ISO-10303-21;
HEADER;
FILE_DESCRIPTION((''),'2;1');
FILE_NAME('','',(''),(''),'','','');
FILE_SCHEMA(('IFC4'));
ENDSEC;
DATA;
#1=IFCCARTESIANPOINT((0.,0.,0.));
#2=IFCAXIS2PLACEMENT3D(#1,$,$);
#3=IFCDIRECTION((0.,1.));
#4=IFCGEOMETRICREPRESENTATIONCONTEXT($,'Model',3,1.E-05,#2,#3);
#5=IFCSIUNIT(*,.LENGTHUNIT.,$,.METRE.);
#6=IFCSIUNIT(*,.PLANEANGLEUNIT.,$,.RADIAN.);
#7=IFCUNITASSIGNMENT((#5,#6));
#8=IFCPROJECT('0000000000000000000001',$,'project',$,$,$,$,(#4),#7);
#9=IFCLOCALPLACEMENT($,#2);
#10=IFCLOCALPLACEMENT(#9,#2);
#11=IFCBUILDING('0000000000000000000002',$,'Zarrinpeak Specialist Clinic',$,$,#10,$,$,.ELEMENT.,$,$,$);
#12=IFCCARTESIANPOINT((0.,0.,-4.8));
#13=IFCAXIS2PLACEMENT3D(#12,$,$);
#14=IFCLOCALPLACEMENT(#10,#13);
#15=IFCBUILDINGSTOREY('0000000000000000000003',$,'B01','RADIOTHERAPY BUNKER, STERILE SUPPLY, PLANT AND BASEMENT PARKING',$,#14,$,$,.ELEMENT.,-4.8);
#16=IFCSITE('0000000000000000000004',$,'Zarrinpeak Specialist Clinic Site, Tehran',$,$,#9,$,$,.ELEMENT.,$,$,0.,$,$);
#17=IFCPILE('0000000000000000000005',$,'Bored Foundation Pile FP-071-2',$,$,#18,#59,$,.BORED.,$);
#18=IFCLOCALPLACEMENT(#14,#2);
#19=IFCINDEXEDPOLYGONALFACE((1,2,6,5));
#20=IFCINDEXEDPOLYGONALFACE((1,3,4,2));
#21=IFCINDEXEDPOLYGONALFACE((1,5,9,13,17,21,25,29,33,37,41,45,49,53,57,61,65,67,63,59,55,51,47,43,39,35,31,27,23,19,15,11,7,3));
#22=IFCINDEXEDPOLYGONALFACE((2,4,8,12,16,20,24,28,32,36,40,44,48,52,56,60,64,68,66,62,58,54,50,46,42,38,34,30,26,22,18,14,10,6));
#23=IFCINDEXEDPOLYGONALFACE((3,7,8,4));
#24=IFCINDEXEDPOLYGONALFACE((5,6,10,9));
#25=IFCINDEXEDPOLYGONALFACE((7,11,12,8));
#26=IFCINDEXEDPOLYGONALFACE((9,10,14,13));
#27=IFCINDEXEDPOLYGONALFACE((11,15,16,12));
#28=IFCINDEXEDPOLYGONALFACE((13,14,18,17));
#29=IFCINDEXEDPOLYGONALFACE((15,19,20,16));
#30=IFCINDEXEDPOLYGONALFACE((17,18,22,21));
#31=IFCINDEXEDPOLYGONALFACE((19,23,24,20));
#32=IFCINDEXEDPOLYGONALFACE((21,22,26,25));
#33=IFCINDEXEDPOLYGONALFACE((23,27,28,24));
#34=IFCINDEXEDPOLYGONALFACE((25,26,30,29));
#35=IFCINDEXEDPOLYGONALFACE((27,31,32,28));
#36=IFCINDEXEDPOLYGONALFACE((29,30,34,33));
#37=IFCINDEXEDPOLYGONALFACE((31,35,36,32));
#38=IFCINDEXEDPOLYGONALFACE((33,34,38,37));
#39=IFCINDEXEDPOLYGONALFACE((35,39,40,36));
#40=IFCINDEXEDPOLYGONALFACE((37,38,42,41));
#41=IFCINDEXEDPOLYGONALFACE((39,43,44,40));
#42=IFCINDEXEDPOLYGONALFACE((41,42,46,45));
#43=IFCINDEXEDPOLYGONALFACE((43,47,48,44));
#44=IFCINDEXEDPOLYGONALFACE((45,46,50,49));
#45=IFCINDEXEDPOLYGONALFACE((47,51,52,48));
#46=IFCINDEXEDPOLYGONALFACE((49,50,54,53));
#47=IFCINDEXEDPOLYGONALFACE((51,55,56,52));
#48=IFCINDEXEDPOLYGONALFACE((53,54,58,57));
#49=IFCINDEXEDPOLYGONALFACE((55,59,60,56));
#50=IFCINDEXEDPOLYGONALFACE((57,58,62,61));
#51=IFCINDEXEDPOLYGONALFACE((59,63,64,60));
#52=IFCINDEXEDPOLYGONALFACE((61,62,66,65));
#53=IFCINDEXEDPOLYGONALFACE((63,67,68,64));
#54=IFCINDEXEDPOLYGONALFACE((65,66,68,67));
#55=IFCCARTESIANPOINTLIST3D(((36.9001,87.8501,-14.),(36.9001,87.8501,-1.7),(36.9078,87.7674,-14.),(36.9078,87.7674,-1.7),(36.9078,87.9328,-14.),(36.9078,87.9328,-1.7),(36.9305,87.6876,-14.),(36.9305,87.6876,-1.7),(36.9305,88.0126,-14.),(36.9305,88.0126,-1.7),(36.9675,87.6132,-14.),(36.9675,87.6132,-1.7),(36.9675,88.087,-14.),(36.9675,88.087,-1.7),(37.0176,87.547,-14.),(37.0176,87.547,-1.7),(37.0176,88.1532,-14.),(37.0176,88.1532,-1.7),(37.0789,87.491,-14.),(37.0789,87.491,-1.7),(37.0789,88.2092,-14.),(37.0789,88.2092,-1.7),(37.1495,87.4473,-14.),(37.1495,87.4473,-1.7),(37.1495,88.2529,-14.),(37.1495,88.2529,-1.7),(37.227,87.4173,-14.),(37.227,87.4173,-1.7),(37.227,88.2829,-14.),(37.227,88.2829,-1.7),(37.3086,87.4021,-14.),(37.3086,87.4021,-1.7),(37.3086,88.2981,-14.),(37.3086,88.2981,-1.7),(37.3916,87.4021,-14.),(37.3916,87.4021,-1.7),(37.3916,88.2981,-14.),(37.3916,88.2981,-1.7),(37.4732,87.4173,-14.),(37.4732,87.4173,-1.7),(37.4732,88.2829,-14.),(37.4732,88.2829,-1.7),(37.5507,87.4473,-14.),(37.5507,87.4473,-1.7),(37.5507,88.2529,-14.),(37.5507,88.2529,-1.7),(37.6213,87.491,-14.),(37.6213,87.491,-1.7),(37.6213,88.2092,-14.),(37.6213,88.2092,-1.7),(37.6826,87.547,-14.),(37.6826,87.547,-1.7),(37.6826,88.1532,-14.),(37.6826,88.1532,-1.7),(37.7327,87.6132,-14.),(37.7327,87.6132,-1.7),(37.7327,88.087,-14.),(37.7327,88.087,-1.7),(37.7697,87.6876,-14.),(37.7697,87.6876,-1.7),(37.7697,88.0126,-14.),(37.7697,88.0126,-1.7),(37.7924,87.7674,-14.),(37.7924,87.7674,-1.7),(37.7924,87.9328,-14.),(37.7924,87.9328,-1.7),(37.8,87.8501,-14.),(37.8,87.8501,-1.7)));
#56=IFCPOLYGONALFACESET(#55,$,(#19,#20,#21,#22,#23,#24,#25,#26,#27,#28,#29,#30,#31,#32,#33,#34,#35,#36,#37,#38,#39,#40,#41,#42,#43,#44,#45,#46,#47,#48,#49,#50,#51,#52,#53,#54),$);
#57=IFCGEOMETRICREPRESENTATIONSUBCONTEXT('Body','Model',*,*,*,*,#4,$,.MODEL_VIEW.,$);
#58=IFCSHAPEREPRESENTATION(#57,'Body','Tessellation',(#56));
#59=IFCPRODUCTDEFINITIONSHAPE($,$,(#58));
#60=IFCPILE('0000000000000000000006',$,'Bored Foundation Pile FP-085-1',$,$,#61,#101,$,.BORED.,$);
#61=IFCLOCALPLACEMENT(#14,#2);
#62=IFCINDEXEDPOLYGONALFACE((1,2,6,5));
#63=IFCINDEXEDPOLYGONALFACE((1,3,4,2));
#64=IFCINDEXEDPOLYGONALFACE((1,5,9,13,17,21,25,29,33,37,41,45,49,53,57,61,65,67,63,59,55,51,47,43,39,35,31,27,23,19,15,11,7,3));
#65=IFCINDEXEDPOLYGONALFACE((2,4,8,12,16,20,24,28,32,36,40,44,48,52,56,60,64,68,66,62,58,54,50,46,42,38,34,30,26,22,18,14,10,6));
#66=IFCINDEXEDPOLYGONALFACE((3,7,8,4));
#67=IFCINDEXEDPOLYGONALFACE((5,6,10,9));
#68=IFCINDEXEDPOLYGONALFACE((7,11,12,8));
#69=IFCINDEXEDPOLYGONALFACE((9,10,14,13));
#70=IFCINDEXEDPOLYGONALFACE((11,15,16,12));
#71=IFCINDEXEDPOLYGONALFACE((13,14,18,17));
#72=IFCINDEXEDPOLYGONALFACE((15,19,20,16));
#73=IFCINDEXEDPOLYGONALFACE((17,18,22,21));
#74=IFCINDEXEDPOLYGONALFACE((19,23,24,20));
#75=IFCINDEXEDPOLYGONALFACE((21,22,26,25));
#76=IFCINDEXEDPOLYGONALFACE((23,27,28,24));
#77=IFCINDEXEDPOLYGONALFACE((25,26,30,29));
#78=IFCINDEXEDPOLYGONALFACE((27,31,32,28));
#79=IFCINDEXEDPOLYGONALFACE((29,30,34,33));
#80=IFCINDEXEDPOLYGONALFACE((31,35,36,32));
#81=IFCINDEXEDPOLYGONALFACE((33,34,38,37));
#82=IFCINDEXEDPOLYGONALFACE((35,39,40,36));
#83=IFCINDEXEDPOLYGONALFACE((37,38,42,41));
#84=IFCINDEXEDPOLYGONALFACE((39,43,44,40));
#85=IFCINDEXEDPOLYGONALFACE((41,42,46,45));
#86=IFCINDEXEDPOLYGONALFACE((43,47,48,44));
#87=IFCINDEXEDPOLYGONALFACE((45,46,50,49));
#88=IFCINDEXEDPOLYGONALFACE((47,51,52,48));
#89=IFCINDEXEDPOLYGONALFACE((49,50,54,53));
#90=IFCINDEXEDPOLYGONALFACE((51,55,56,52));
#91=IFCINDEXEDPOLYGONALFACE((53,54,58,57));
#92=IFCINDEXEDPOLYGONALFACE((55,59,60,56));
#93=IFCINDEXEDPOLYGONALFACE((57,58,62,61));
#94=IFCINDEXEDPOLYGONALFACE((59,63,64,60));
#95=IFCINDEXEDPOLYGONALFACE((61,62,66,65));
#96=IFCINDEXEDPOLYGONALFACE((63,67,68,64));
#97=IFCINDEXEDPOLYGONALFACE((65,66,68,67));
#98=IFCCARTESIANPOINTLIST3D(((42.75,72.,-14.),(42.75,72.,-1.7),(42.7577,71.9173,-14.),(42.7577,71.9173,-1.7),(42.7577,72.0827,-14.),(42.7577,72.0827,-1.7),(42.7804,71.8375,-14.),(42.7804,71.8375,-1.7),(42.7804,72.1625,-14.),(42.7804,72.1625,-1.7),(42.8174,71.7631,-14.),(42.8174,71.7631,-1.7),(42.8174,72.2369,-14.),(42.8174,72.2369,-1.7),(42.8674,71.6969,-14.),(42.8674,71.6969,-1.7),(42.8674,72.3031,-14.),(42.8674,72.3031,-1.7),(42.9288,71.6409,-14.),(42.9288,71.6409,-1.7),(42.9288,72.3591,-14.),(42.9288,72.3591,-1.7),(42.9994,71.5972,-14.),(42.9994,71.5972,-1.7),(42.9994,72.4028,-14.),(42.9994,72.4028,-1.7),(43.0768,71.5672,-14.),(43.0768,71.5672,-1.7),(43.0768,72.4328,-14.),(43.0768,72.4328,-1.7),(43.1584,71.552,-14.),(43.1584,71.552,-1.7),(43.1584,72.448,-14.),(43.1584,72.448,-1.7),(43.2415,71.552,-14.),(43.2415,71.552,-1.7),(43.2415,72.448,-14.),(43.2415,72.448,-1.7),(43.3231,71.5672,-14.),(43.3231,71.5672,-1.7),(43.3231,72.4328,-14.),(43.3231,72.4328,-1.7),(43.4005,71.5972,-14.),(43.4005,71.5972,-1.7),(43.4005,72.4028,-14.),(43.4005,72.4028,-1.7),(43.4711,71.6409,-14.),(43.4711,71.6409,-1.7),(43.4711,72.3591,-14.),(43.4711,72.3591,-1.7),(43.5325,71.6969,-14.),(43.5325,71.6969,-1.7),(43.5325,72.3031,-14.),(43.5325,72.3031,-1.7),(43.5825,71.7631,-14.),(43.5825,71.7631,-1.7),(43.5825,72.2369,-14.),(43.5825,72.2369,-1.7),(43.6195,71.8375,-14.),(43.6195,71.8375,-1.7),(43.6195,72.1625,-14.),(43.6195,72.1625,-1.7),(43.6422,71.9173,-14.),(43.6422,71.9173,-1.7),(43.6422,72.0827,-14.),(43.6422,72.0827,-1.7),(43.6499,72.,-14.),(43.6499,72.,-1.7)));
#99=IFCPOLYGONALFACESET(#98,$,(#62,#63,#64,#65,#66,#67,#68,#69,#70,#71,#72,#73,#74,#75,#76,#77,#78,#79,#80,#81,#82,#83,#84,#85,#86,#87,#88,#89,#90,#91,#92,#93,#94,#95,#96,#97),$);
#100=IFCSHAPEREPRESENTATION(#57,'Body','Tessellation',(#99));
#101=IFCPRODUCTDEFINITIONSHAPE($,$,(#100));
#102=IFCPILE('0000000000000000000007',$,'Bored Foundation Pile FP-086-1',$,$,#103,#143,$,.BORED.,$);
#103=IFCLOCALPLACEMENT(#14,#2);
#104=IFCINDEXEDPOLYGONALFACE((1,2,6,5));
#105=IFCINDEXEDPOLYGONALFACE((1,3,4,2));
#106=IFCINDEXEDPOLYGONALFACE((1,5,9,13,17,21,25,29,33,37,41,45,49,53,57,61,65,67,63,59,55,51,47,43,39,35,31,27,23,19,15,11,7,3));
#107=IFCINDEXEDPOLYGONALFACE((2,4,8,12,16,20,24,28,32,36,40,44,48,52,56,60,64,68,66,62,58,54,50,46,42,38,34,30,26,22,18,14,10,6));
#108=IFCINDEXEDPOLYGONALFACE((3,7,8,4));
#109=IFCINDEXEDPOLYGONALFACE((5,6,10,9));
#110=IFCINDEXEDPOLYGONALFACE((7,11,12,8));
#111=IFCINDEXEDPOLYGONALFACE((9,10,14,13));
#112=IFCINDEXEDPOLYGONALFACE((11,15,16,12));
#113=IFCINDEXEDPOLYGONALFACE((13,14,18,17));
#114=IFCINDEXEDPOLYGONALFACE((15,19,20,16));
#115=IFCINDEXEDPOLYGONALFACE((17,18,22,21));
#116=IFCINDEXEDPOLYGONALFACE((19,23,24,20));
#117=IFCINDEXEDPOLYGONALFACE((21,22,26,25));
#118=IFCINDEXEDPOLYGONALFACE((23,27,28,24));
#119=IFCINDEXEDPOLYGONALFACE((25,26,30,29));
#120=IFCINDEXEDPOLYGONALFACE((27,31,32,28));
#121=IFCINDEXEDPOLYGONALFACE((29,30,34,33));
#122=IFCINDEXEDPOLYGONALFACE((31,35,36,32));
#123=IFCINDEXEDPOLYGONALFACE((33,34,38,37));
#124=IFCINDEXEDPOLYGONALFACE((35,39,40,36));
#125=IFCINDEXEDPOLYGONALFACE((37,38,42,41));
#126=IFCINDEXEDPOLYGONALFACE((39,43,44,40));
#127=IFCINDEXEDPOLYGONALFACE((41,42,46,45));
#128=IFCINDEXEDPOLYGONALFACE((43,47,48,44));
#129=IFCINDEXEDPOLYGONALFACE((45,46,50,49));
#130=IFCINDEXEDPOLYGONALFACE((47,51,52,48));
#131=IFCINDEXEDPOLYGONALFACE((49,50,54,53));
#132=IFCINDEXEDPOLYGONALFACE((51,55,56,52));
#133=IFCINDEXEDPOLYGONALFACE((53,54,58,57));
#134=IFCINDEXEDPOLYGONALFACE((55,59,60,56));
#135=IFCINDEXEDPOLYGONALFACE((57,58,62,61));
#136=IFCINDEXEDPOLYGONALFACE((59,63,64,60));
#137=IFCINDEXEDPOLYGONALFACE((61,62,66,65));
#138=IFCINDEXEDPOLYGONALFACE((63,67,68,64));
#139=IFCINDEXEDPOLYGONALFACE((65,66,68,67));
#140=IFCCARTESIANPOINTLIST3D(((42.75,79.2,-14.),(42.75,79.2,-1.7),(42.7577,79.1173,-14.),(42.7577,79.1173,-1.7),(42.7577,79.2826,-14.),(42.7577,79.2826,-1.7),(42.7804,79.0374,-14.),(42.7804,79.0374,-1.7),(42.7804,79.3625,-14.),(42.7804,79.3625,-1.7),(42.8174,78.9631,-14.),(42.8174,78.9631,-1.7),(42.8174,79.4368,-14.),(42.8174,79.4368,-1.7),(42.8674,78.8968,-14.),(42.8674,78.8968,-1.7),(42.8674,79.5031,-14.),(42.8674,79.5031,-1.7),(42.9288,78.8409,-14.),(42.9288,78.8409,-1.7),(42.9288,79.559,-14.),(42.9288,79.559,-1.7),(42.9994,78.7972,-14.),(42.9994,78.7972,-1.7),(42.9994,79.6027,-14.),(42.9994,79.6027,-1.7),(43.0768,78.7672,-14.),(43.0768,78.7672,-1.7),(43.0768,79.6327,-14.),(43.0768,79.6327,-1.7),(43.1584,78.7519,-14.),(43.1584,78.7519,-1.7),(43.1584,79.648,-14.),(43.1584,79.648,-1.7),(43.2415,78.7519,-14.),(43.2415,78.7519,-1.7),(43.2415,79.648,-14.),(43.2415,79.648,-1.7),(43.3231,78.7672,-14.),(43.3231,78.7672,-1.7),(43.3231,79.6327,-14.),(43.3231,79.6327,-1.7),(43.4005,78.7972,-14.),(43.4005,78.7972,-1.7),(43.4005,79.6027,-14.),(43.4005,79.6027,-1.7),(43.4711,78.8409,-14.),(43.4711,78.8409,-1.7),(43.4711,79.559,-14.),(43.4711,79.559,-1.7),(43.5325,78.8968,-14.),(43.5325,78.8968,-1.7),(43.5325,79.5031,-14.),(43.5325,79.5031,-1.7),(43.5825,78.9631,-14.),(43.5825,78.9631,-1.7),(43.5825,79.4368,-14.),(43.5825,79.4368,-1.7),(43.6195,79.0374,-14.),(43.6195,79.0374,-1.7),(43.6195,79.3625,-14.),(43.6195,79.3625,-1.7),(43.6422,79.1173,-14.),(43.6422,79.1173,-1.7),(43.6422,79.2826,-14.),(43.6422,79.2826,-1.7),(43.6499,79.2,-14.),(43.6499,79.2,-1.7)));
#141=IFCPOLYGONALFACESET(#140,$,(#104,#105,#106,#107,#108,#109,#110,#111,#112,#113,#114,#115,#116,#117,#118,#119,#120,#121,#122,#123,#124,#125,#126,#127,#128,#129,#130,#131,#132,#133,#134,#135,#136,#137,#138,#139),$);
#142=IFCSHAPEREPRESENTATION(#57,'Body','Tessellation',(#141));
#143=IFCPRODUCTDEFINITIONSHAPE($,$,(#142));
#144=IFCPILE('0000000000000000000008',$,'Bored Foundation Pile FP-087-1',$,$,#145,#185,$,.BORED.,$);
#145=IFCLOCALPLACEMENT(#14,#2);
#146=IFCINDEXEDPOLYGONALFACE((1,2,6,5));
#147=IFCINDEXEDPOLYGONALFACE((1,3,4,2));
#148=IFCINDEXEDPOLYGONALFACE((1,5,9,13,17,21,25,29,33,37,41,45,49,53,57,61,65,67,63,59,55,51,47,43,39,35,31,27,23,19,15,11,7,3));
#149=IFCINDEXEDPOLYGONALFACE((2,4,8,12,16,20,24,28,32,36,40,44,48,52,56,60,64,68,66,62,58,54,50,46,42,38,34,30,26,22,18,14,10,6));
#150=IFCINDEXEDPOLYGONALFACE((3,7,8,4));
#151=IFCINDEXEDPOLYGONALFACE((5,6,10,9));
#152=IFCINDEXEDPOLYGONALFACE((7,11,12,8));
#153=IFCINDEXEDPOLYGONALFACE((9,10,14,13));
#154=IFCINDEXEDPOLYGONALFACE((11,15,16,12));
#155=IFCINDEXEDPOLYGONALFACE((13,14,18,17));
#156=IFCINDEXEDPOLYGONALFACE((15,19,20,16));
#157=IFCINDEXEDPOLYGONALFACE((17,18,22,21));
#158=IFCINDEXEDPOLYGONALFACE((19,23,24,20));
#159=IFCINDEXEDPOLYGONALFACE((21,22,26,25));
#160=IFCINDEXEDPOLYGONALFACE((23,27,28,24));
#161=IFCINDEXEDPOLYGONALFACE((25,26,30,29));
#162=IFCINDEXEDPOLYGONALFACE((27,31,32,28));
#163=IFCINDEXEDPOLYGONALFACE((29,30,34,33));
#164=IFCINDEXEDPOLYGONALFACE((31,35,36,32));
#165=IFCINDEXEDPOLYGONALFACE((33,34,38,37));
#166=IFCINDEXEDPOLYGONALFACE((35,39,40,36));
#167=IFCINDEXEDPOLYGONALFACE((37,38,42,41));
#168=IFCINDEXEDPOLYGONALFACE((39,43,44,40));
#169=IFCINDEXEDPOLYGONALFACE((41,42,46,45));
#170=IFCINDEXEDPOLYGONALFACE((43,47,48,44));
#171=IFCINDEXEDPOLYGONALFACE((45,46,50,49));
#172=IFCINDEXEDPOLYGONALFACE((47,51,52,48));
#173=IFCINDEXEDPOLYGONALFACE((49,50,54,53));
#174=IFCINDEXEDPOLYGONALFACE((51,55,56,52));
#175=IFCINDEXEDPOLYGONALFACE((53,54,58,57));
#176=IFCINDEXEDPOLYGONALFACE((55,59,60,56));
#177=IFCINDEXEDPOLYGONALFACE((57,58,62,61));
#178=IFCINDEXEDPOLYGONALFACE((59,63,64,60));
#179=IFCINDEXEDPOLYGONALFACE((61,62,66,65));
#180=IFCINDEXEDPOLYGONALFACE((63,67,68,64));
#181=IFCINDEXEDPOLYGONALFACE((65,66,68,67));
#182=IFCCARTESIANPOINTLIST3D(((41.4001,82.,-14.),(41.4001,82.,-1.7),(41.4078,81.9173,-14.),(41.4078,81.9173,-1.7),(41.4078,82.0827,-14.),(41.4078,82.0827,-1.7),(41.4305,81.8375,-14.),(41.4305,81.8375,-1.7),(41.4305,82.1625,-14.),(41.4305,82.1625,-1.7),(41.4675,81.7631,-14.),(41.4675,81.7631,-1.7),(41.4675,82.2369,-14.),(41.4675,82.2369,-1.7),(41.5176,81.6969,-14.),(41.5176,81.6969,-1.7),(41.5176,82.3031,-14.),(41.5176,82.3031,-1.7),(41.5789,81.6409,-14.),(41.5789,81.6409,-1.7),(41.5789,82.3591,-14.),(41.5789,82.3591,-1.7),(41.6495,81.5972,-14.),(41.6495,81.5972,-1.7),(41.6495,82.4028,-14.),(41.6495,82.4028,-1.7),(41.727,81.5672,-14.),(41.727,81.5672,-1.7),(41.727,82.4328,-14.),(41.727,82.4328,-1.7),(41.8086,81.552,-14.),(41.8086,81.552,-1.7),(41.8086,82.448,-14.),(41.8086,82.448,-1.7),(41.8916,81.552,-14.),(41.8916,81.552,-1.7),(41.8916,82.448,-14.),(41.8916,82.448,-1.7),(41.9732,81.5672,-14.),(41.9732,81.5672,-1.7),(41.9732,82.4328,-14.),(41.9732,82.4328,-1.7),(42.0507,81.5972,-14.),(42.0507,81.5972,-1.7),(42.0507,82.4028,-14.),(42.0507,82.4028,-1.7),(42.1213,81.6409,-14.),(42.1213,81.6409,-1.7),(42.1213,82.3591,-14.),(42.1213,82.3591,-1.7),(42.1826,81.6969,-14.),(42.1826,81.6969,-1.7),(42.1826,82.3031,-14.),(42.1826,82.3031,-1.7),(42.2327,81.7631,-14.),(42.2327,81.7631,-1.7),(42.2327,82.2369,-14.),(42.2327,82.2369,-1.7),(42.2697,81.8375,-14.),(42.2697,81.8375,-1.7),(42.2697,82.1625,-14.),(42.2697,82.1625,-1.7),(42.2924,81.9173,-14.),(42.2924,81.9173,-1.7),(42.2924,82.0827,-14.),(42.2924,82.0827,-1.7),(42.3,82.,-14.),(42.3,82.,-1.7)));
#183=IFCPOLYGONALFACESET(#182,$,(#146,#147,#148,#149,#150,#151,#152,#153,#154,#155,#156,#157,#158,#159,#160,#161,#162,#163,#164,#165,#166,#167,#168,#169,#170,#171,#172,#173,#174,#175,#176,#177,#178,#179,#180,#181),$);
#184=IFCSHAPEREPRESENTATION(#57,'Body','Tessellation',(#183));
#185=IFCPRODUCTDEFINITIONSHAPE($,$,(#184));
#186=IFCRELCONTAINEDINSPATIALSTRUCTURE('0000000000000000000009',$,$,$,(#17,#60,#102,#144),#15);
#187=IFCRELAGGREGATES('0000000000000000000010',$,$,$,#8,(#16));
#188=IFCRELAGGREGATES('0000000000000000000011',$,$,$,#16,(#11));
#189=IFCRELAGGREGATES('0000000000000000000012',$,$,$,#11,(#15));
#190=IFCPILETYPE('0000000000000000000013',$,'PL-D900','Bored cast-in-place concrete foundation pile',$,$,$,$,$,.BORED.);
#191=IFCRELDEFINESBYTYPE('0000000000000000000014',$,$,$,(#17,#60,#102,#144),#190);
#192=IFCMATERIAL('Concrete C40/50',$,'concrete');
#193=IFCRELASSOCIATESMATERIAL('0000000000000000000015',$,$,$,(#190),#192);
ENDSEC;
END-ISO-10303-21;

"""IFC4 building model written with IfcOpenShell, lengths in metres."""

from ifc_helpers import new_model, si_unit, direction, frame, origin, origin_2d, place, context, subcontext, project, spatial, circle, extrude, material, material_profile, profile_set, type_object, element, save


model = new_model("IFC4")

# Units and contexts
model_context = context("Model", 3, precision=1e-05, world=origin(), true_north=direction((0.0, 1.0)))
body_context = subcontext(model_context, "Body", "Model", "MODEL_VIEW")
ifc_project = project(units=[si_unit("LENGTHUNIT", "METRE"), si_unit("PLANEANGLEUNIT", "RADIAN")], contexts=[model_context])

# Site, building, storey
site_placement = place(None, origin())
site = spatial("IfcSite", under=ifc_project, at=site_placement, Name="Zarrinpeak Specialist Clinic Site, Tehran", CompositionType="ELEMENT", RefElevation=0.0)
building_placement = place(site_placement, origin())
building = spatial("IfcBuilding", under=site, at=building_placement, Name="Zarrinpeak Specialist Clinic", CompositionType="ELEMENT")
storey_placement = place(building_placement, frame((0.0, 0.0, -4.8)))
storey = spatial("IfcBuildingStorey", under=building, at=storey_placement, Name="B01", Description="RADIOTHERAPY BUNKER, STERILE SUPPLY, PLANT AND BASEMENT PARKING", CompositionType="ELEMENT", Elevation=-4.8)

# Shared definitions
ifc_material_1 = material(Name="Concrete C40/50", Category="concrete")

# Piles
ifc_material_profile_1 = material_profile(ifc_material_1, circle(Radius=0.45, at=origin_2d()), Name="BORED PILE D900")
ifc_profile_set_1 = profile_set([ifc_material_profile_1], Name="Concrete C40/50")
pile_type = type_object("IfcPileType", Name="PL-D900", Description="Bored cast-in-place concrete foundation pile", PredefinedType="BORED", material=ifc_profile_set_1)
for number, where, z_axis, x_axis, name in (
    (1, (37.3501, 87.8501, -1.7), (0.0, 0.0, -1.0), (1.0, 0.0, 0.0), "Bored Foundation Pile FP-071-2"),
    (2, (43.2, 72.0, -1.7), (0.0, 0.0, -1.0), (1.0, 0.0, 0.0), "Bored Foundation Pile FP-085-1"),
    (3, (43.2, 79.2, -1.7), (0.0, 0.0, -1.0), (1.0, 0.0, 0.0), "Bored Foundation Pile FP-086-1"),
    (4, (41.8501, 82.0, -1.7), (0.0, 0.0, -1.0), (1.0, 0.0, 0.0), "Bored Foundation Pile FP-087-1"),
):
    element("IfcPile", number, at=place(storey_placement, frame(where, z_axis=z_axis, x_axis=x_axis)), inside=storey, type_object=pile_type, Name=name, PredefinedType="BORED", context=body_context, shape_type="SweptSolid", body=[
        extrude(circle(Radius=0.45, at=origin_2d()), origin(), (0.0, 0.0, 1.0), 12.3),
    ])

save(model, "model.ifc")
